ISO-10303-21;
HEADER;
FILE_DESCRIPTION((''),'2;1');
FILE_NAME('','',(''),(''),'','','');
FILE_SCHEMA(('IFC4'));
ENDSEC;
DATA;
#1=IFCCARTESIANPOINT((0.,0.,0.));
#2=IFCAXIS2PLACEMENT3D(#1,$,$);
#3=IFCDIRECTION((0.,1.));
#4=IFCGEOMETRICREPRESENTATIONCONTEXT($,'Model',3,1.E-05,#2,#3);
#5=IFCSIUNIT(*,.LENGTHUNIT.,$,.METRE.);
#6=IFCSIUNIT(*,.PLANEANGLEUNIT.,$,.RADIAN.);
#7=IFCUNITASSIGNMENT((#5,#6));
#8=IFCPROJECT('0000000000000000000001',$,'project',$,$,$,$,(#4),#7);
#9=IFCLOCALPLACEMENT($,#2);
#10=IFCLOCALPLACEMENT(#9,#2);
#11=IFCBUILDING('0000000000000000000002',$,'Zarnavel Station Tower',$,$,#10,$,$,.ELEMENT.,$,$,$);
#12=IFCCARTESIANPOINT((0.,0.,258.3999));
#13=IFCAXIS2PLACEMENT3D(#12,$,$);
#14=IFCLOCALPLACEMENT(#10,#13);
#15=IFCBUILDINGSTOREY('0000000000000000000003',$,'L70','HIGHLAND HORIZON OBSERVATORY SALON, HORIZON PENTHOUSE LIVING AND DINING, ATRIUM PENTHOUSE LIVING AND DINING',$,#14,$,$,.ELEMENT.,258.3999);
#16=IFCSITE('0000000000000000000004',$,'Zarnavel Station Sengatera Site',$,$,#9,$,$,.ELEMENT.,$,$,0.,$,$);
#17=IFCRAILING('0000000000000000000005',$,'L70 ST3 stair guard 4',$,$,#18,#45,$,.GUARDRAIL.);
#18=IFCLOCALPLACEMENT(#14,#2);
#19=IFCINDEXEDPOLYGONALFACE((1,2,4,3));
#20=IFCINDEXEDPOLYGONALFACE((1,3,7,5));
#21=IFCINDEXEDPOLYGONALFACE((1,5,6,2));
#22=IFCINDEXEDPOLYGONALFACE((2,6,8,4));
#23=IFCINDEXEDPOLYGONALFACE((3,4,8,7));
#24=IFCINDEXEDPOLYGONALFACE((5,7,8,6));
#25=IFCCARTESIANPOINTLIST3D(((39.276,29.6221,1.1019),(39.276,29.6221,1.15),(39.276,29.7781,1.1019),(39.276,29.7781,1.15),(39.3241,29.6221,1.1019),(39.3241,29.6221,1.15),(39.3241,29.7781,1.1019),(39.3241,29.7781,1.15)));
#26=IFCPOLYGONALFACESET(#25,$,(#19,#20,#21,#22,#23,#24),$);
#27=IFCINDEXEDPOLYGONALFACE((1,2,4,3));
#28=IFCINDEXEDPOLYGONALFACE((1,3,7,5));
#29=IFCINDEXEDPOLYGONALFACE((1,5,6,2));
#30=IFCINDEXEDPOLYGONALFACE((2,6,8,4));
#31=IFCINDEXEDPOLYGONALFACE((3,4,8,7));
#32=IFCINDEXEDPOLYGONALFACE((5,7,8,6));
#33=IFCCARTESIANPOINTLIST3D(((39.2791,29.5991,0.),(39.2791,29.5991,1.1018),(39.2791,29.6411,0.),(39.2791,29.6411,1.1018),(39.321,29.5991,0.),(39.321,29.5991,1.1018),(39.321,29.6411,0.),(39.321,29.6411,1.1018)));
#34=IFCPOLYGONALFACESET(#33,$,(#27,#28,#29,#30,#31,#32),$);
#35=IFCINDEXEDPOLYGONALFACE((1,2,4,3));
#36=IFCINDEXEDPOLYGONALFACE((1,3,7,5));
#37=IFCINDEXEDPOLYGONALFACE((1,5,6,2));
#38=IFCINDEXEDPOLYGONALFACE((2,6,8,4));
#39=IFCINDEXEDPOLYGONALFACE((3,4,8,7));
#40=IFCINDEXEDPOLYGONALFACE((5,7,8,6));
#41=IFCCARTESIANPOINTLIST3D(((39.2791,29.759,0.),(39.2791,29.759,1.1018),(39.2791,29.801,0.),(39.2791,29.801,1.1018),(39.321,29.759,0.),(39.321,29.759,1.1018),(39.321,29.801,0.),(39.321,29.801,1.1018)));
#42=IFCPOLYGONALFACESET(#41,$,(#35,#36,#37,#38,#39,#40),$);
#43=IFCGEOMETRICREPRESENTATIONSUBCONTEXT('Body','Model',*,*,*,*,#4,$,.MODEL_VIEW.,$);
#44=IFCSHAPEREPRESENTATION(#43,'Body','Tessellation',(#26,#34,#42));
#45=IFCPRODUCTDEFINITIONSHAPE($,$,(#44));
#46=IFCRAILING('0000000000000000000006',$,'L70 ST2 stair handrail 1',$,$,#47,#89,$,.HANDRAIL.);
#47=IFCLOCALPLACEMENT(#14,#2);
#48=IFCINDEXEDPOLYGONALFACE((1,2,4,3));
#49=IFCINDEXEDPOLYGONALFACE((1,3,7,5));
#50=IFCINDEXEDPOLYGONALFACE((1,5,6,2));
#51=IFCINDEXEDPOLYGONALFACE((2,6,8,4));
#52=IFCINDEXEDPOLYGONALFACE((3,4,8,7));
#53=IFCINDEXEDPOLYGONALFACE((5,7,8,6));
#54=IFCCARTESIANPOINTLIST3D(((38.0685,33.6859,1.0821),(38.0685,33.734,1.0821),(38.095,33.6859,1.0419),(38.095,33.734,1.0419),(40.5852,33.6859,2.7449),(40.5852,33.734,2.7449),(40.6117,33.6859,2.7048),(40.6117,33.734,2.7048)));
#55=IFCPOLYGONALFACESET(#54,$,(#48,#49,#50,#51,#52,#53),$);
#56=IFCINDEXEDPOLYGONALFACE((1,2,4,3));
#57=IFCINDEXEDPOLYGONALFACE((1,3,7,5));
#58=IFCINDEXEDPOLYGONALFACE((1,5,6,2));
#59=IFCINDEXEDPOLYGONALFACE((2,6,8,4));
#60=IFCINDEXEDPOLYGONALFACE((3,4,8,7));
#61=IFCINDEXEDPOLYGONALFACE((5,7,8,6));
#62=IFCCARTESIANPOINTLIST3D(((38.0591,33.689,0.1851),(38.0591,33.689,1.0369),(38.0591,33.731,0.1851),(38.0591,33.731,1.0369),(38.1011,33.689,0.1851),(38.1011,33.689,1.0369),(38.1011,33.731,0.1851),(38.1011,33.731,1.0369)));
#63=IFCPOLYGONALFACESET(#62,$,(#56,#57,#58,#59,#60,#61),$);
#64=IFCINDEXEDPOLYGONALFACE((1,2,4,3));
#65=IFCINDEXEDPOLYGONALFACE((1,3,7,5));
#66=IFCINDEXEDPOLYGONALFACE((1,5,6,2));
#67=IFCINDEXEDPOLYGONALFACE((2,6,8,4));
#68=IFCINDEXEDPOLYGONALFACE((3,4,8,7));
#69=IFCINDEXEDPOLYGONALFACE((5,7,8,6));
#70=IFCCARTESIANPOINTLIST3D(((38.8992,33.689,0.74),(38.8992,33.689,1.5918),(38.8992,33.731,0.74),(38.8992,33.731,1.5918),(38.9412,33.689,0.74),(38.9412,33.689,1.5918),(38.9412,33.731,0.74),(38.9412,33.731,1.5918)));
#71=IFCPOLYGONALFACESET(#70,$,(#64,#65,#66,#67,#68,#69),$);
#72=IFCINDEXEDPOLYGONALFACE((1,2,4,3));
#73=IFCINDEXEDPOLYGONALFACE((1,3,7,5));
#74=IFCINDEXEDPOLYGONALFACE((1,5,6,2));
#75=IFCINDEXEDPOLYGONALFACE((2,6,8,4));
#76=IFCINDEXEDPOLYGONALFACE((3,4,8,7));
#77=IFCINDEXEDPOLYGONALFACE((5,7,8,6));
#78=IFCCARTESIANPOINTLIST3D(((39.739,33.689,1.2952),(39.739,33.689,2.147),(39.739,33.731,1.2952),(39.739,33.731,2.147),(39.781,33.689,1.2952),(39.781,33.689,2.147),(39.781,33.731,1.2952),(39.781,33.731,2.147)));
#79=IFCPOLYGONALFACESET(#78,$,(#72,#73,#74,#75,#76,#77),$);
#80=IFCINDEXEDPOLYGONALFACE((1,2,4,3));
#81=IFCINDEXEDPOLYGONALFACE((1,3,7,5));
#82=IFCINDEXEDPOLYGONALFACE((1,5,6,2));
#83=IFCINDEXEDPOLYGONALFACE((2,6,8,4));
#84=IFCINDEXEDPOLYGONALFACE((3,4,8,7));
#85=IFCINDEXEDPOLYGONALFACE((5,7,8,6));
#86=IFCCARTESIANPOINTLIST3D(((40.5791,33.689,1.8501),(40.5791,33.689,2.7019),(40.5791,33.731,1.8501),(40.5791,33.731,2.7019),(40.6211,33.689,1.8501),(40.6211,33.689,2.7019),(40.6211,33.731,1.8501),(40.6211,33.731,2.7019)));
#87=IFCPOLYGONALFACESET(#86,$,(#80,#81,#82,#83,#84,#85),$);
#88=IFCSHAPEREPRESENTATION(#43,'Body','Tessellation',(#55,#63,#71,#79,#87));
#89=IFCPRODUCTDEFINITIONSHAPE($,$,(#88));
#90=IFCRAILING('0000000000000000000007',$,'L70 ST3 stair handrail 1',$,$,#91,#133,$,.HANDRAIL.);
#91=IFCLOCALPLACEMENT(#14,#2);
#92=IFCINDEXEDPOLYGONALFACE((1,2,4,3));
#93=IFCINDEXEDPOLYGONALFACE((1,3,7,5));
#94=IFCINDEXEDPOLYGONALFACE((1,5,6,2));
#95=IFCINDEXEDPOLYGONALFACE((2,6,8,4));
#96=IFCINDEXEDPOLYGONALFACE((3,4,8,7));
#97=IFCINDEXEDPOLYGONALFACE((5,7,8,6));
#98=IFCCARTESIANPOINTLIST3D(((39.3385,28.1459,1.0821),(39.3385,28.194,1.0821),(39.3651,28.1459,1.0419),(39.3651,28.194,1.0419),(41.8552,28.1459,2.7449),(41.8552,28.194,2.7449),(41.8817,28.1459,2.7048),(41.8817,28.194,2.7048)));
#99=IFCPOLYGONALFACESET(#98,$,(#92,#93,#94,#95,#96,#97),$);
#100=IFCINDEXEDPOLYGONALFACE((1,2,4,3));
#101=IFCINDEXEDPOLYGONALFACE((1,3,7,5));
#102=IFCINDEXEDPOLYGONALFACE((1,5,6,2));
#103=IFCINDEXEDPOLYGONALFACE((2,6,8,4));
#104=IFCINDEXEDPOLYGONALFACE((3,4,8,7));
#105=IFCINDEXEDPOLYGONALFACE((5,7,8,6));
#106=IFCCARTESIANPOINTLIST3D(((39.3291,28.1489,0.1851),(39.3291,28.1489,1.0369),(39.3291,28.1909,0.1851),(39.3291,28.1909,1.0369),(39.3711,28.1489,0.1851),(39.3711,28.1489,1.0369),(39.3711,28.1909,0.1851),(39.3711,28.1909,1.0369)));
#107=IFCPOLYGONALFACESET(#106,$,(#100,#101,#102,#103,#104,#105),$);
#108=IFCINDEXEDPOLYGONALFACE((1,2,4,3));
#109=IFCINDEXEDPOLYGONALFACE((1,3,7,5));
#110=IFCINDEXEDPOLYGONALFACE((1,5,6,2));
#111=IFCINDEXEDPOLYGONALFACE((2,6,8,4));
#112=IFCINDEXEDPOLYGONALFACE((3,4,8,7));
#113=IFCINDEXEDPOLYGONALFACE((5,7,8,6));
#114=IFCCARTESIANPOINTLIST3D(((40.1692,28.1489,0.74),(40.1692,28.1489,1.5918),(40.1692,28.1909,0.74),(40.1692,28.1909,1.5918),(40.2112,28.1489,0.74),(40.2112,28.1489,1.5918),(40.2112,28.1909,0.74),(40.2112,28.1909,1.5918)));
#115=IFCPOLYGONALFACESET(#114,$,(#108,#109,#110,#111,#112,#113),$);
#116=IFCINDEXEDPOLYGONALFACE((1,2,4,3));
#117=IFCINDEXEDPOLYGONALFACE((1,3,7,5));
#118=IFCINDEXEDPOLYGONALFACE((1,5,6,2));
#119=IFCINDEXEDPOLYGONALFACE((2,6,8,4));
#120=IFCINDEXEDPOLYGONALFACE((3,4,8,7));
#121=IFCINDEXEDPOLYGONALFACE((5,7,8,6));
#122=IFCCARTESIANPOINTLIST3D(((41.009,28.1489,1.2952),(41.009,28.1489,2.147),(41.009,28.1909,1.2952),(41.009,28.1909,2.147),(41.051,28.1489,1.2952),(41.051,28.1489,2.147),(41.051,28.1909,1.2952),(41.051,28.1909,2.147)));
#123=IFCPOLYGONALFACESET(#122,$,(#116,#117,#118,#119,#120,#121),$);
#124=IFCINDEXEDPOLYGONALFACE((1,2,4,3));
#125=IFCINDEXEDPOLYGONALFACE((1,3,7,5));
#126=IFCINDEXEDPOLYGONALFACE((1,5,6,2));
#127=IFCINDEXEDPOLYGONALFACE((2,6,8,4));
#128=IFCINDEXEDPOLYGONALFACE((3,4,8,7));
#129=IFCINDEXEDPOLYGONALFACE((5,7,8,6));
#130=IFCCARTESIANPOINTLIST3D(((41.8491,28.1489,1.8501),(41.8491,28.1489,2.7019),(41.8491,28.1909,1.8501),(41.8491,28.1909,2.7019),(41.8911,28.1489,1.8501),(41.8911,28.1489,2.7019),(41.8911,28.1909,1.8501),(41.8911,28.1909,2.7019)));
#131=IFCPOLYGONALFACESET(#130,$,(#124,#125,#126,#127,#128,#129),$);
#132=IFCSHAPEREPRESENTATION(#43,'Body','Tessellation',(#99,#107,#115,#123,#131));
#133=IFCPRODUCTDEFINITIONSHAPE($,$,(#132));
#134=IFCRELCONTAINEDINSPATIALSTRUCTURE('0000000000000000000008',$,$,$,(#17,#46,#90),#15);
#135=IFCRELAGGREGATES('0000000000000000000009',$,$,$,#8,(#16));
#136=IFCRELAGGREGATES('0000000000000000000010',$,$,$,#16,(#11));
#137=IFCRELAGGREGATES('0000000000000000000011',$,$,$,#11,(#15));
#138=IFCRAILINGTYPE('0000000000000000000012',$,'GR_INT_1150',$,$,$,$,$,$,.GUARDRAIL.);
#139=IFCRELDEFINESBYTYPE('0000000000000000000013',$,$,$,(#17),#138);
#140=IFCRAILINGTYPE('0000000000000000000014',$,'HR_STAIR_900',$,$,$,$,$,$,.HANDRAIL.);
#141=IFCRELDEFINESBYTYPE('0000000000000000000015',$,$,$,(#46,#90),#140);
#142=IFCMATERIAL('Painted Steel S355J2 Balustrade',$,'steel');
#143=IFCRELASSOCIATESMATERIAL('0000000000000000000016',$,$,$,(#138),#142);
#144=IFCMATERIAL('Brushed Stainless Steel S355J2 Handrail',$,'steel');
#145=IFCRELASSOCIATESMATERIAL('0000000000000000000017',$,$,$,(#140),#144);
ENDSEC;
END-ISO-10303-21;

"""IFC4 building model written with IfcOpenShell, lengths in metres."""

from ifc_helpers import new_model, si_unit, direction, frame, origin, origin_2d, place, context, subcontext, project, spatial, rectangle, extrude, material, type_object, element, save


model = new_model("IFC4")

# Units and contexts
model_context = context("Model", 3, precision=1e-05, world=origin(), true_north=direction((0.0, 1.0)))
body_context = subcontext(model_context, "Body", "Model", "MODEL_VIEW")
ifc_project = project(units=[si_unit("LENGTHUNIT", "METRE"), si_unit("PLANEANGLEUNIT", "RADIAN")], contexts=[model_context])

# Site, building, storey
site_placement = place(None, origin())
site = spatial("IfcSite", under=ifc_project, at=site_placement, Name="Zarnavel Station Sengatera Site", CompositionType="ELEMENT", RefElevation=0.0)
building_placement = place(site_placement, origin())
building = spatial("IfcBuilding", under=site, at=building_placement, Name="Zarnavel Station Tower", CompositionType="ELEMENT")
storey_placement = place(building_placement, frame((0.0, 0.0, 258.3999)))
storey = spatial("IfcBuildingStorey", under=building, at=storey_placement, Name="L70", Description="HIGHLAND HORIZON OBSERVATORY SALON, HORIZON PENTHOUSE LIVING AND DINING, ATRIUM PENTHOUSE LIVING AND DINING", CompositionType="ELEMENT", Elevation=258.3999)

# Railings
ifc_material_1 = material(Name="Painted Steel S355J2 Balustrade", Category="steel")
railing_type_1 = type_object("IfcRailingType", Name="GR_INT_1150", PredefinedType="GUARDRAIL", material=ifc_material_1)
railing_1_placement = place(storey_placement, frame((39.3, 29.6201, 0.0)))
element("IfcRailing", 1, at=railing_1_placement, inside=storey, type_object=railing_type_1, Name="L70 ST3 stair guard 4", PredefinedType="GUARDRAIL", context=body_context, shape_type="SweptSolid", body=[
    extrude(rectangle(XDim=0.0481, YDim=0.0481, at=origin_2d()), frame((0.0, 0.002, 1.126), z_axis=(0.0, 1.0, 0.0), x_axis=(-1.0, 0.0, 0.0)), (0.0, 0.0, 1.0), 0.156),
    extrude(rectangle(XDim=0.042, YDim=0.042, at=origin_2d()), origin(), (0.0, 0.0, 1.0), 1.1018),
    extrude(rectangle(XDim=0.042, YDim=0.042, at=origin_2d()), frame((0.0, 0.1599, 0.0)), (0.0, 0.0, 1.0), 1.1018),
])
ifc_material_2 = material(Name="Brushed Stainless Steel S355J2 Handrail", Category="steel")
railing_type_2 = type_object("IfcRailingType", Name="HR_STAIR_900", PredefinedType="HANDRAIL", material=ifc_material_2)
for number, where, name in (
    (2, (38.0801, 33.71, 0.1851), "L70 ST2 stair handrail 1"),
    (3, (39.3501, 28.1699, 0.1851), "L70 ST3 stair handrail 1"),
):
    element("IfcRailing", number, at=place(storey_placement, frame(where)), inside=storey, type_object=railing_type_2, Name=name, PredefinedType="HANDRAIL", context=body_context, shape_type="SweptSolid", body=[
        extrude(rectangle(XDim=0.0481, YDim=0.0481, at=origin_2d()), frame((0.0017, 0.0, 0.877), z_axis=(0.834331, 0.0, 0.551263), x_axis=(0.0, 1.0, 0.0)), (0.0, 0.0, 1.0), 3.0164),
        extrude(rectangle(XDim=0.042, YDim=0.042, at=origin_2d()), origin(), (0.0, 0.0, 1.0), 0.8518),
        extrude(rectangle(XDim=0.042, YDim=0.042, at=origin_2d()), frame((0.8401, 0.0, 0.5549)), (0.0, 0.0, 1.0), 0.8518),
        extrude(rectangle(XDim=0.042, YDim=0.042, at=origin_2d()), frame((1.6799, 0.0, 1.1101)), (0.0, 0.0, 1.0), 0.8518),
        extrude(rectangle(XDim=0.042, YDim=0.042, at=origin_2d()), frame((2.52, 0.0, 1.665)), (0.0, 0.0, 1.0), 0.8518),
    ])

save(model, "model.ifc")
